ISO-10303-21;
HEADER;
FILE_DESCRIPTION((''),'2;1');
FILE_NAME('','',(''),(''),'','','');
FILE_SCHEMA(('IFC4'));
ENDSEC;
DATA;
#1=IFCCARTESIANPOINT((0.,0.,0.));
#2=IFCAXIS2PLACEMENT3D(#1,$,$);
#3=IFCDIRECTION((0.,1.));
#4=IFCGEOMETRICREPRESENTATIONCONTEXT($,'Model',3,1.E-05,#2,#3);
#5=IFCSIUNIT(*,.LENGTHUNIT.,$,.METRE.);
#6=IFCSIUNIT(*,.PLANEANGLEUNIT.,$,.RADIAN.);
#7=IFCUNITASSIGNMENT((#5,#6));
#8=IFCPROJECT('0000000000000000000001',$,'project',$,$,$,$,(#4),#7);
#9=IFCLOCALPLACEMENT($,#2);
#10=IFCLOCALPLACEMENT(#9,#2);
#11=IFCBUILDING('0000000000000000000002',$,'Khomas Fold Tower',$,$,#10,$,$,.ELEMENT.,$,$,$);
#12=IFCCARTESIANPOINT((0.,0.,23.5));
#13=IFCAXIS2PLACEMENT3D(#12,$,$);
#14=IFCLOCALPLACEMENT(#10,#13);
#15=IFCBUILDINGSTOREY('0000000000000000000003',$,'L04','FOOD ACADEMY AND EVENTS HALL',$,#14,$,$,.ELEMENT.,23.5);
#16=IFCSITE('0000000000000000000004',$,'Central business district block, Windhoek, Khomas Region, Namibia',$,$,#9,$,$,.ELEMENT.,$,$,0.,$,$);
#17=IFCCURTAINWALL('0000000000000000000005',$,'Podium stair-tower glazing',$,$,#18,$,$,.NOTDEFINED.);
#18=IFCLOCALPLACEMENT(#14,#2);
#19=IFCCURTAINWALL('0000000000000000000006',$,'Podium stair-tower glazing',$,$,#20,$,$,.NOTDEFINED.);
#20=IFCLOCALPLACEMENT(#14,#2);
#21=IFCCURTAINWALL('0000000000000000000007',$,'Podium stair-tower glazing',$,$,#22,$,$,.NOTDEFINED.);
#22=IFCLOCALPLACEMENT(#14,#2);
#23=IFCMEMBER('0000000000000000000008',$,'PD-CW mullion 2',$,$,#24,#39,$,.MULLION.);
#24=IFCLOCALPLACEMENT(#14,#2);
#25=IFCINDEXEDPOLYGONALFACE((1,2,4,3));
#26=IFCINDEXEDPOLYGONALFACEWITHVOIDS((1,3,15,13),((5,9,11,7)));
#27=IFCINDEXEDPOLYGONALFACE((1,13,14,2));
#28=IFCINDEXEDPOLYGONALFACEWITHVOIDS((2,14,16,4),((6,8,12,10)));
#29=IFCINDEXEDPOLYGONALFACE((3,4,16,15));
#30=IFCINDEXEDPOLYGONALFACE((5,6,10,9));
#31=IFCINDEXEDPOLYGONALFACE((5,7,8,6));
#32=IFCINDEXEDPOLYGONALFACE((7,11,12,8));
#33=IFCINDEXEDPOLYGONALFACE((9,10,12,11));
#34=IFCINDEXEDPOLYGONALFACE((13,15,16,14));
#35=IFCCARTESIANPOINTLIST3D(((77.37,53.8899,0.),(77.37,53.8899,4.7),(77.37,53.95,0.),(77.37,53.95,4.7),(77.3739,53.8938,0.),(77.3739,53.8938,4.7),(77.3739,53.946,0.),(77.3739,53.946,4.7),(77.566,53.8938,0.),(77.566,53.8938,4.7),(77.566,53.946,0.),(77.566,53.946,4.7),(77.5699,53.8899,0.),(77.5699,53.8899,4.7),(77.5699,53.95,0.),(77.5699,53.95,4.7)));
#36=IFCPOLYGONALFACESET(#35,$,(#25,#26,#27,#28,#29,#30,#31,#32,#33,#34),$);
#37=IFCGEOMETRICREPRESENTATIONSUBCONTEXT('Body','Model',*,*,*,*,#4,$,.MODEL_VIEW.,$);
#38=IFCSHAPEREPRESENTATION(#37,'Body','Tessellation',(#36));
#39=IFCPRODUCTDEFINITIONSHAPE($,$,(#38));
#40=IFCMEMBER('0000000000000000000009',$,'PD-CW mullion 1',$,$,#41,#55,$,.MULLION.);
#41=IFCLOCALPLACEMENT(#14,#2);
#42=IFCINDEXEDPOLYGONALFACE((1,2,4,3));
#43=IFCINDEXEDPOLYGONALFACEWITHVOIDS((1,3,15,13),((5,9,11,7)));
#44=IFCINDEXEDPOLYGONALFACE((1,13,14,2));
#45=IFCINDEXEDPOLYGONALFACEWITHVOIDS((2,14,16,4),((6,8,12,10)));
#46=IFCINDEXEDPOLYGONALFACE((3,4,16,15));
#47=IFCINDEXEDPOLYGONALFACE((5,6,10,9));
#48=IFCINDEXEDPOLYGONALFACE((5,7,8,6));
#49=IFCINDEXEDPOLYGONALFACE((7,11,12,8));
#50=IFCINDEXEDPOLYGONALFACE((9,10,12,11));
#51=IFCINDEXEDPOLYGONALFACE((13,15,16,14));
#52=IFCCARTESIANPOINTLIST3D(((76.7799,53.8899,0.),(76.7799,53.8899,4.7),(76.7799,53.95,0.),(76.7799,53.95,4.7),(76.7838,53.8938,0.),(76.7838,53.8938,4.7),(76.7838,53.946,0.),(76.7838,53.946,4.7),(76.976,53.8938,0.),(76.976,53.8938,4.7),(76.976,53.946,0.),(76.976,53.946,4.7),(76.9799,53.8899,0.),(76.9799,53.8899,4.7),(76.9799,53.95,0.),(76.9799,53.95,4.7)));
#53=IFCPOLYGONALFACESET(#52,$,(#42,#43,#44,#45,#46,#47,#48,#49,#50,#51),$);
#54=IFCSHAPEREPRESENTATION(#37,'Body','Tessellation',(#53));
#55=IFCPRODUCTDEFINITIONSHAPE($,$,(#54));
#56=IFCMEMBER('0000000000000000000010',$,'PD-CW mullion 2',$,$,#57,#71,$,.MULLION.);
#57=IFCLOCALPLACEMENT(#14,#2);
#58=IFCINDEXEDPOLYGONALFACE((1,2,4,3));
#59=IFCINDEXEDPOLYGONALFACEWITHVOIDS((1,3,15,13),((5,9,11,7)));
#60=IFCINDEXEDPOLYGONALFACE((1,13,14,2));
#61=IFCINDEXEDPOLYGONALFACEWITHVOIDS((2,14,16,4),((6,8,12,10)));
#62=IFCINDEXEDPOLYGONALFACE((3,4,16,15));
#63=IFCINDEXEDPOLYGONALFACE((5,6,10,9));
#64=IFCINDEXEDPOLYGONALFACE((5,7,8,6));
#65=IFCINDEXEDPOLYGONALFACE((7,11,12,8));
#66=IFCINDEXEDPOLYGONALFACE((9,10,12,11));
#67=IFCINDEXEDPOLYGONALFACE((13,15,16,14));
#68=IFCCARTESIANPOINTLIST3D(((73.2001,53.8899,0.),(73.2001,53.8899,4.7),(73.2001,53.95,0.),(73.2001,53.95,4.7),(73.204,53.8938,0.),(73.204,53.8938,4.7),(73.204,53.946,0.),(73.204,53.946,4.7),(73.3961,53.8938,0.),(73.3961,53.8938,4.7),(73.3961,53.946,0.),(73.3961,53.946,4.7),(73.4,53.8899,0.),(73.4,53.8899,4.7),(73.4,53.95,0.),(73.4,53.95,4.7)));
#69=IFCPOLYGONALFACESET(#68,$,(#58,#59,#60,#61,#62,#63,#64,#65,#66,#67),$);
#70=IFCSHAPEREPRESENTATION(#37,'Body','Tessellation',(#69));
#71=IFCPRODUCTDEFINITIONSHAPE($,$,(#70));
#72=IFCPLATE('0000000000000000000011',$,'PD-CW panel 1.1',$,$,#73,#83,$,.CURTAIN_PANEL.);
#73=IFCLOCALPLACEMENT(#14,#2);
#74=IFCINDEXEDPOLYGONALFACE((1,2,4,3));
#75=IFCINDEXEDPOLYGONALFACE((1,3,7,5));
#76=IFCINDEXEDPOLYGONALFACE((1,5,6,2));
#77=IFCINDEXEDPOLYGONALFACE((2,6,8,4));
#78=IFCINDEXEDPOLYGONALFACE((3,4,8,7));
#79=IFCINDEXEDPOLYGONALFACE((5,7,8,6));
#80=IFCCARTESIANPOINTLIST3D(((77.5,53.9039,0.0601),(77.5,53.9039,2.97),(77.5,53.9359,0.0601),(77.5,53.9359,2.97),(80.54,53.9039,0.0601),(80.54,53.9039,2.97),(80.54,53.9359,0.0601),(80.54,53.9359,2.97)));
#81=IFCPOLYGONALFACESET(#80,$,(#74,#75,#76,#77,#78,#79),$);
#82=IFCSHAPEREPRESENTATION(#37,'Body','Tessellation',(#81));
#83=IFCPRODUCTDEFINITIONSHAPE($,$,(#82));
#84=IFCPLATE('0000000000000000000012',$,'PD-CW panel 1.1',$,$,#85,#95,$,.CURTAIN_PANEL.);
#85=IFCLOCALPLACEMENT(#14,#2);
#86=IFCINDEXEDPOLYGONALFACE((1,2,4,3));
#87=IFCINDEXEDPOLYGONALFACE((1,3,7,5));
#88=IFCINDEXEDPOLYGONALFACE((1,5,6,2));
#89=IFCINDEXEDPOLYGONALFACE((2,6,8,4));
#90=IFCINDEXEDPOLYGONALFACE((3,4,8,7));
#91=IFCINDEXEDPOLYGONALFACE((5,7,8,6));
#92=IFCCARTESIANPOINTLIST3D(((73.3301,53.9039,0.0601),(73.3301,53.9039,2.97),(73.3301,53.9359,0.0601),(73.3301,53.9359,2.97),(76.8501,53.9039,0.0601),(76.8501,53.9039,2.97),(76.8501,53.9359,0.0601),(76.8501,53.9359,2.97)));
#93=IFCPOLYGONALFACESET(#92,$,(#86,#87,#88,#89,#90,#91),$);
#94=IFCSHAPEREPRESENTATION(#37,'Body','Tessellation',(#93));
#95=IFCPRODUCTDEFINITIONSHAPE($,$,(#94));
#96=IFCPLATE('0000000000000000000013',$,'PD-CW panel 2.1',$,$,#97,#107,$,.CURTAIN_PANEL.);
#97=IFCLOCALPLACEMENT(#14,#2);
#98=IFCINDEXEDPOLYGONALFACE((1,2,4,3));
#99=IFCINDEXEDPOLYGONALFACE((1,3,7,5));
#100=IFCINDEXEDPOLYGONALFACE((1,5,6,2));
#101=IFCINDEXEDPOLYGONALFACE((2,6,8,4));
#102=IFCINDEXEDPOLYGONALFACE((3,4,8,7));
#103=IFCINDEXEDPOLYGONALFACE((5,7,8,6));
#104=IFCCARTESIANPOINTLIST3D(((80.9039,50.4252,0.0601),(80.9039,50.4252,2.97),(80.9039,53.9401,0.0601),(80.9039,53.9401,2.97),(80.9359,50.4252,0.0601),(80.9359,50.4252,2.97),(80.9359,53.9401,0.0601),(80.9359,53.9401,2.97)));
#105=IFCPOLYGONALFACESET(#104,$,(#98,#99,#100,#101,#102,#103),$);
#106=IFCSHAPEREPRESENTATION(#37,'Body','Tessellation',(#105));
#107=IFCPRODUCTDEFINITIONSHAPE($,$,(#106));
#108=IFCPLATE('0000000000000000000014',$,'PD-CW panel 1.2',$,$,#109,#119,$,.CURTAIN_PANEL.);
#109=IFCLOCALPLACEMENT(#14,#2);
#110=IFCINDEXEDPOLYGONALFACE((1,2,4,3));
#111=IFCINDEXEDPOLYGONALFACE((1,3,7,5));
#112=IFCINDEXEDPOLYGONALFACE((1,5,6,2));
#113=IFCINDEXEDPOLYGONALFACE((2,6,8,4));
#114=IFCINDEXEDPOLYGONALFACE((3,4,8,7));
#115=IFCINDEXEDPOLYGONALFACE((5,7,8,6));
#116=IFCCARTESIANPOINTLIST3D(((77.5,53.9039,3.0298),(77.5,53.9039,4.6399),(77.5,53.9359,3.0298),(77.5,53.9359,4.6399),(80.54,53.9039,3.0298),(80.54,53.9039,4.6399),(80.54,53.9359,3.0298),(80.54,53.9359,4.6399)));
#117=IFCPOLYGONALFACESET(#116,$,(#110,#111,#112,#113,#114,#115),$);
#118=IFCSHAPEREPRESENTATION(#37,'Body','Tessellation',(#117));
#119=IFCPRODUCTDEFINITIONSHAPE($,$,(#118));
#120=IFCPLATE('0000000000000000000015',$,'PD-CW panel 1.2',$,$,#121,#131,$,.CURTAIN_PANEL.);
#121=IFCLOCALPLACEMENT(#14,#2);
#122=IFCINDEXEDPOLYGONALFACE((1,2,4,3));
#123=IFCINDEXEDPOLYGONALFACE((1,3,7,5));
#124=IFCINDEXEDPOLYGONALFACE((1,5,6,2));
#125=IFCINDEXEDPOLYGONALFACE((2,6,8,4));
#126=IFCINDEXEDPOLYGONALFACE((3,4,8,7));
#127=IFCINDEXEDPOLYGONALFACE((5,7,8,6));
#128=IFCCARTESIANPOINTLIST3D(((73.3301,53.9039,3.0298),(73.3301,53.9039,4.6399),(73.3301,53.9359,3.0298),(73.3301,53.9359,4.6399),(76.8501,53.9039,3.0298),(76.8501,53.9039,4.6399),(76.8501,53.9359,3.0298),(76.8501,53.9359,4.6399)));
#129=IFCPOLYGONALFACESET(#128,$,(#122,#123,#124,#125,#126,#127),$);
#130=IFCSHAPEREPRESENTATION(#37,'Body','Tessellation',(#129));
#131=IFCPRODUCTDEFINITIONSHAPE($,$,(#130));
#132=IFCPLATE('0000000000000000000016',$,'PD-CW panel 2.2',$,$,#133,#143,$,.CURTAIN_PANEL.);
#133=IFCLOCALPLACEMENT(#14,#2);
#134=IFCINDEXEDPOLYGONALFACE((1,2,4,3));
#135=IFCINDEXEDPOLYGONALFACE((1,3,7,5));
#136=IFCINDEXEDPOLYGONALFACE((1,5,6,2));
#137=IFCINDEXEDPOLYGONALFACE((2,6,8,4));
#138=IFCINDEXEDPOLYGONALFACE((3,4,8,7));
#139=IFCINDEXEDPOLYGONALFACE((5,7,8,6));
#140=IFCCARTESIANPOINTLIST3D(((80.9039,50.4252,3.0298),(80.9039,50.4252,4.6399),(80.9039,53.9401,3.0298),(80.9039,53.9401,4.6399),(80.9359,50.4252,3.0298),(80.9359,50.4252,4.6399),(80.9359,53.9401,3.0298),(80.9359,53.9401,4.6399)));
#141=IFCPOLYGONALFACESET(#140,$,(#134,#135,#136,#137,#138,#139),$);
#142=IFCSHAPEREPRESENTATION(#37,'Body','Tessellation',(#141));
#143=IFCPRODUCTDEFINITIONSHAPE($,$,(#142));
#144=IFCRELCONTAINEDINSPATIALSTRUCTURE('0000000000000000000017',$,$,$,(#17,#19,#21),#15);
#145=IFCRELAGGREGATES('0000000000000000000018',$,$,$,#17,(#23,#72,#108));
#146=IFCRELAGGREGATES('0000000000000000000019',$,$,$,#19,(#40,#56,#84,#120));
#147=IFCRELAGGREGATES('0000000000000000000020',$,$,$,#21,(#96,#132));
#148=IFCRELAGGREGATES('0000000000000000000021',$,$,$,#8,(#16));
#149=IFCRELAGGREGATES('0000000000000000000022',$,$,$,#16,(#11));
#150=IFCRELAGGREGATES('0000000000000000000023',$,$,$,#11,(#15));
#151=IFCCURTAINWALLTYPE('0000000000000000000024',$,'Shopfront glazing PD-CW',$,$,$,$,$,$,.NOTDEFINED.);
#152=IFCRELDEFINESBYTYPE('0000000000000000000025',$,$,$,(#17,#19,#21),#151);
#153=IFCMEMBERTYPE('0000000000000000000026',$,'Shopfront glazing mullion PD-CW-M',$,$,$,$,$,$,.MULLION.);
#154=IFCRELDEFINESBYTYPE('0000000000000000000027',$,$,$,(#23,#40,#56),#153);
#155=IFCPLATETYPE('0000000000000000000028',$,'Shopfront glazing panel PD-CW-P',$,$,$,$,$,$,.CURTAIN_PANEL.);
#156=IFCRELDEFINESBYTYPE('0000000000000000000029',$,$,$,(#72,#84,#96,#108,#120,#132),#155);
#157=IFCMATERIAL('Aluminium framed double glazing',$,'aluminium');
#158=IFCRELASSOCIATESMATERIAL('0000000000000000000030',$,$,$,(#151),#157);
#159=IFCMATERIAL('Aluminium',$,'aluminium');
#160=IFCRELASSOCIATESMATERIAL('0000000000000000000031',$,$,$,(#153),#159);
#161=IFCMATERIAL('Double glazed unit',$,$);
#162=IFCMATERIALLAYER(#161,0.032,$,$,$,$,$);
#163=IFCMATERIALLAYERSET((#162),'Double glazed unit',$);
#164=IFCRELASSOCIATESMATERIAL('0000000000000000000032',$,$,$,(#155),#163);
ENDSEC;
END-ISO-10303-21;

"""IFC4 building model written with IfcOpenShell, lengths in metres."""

from ifc_helpers import new_model, si_unit, direction, frame, origin, origin_2d, place, context, subcontext, project, spatial, rectangle, hollow_rectangle, extrude, source, transform, mapped, material, layer, layer_set, material_profile, profile_set, type_object, element, aggregate, save


model = new_model("IFC4")

# Units and contexts
model_context = context("Model", 3, precision=1e-05, world=origin(), true_north=direction((0.0, 1.0)))
body_context = subcontext(model_context, "Body", "Model", "MODEL_VIEW")
ifc_project = project(units=[si_unit("LENGTHUNIT", "METRE"), si_unit("PLANEANGLEUNIT", "RADIAN")], contexts=[model_context])

# Site, building, storey
site_placement = place(None, origin())
site = spatial("IfcSite", under=ifc_project, at=site_placement, Name="Central business district block, Windhoek, Khomas Region, Namibia", CompositionType="ELEMENT", RefElevation=0.0)
building_placement = place(site_placement, origin())
building = spatial("IfcBuilding", under=site, at=building_placement, Name="Khomas Fold Tower", CompositionType="ELEMENT")
storey_placement = place(building_placement, frame((0.0, 0.0, 23.5)))
storey = spatial("IfcBuildingStorey", under=building, at=storey_placement, Name="L04", Description="FOOD ACADEMY AND EVENTS HALL", CompositionType="ELEMENT", Elevation=23.5)

# Curtain walls
ifc_material_1 = material(Name="Aluminium framed double glazing", Category="aluminium")
curtain_wall_type = type_object("IfcCurtainWallType", Name="Shopfront glazing PD-CW", PredefinedType="NOTDEFINED", material=ifc_material_1)
curtain_wall_1_placement = place(storey_placement, origin())
curtain_wall_1 = element("IfcCurtainWall", 1, at=curtain_wall_1_placement, inside=storey, type_object=curtain_wall_type, Name="Podium stair-tower glazing", PredefinedType="NOTDEFINED")
curtain_wall_2_placement = place(storey_placement, origin())
curtain_wall_2 = element("IfcCurtainWall", 2, at=curtain_wall_2_placement, inside=storey, type_object=curtain_wall_type, Name="Podium stair-tower glazing", PredefinedType="NOTDEFINED")

# Curtain wall
curtain_wall_3_placement = place(storey_placement, origin())
curtain_wall_3 = element("IfcCurtainWall", 3, at=curtain_wall_3_placement, inside=storey, type_object=curtain_wall_type, Name="Podium stair-tower glazing", PredefinedType="NOTDEFINED")
ifc_material_2 = material(Name="Aluminium", Category="aluminium")
ifc_material_profile_1 = material_profile(ifc_material_2, hollow_rectangle(XDim=0.0601, YDim=0.2, WallThickness=0.0039, at=origin_2d()), Name="Shopfront glazing mullion PD-CW-M")
ifc_profile_set_1 = profile_set([ifc_material_profile_1], Name="Aluminium")
member_type_1 = type_object("IfcMemberType", Name="Shopfront glazing mullion PD-CW-M", PredefinedType="MULLION", material=ifc_profile_set_1)
shared_shape_1 = source(origin(), body_context, "Body", "SweptSolid", [
    extrude(hollow_rectangle(XDim=0.0601, YDim=0.2, WallThickness=0.0039, at=origin_2d()), origin(), (0.0, 0.0, 1.0), 4.7),
])

# Members
member_1_placement = place(storey_placement, frame((77.47, 53.9199, 0.0), z_axis=(0.0, 0.0, 1.0), x_axis=(0.0, -1.0, 0.0)))
member_1 = element("IfcMember", 4, at=member_1_placement, type_object=member_type_1, Name="PD-CW mullion 2", PredefinedType="MULLION", context=body_context, shape_type="MappedRepresentation", body=[
    mapped(shared_shape_1, transform((0.0, 0.0, 0.0))),
])
member_2_placement = place(storey_placement, frame((76.8799, 53.9199, 0.0), z_axis=(0.0, 0.0, 1.0), x_axis=(0.0, -1.0, 0.0)))
member_2 = element("IfcMember", 5, at=member_2_placement, type_object=member_type_1, Name="PD-CW mullion 1", PredefinedType="MULLION", context=body_context, shape_type="MappedRepresentation", body=[
    mapped(shared_shape_1, transform((0.0, 0.0, 0.0))),
])
member_3_placement = place(storey_placement, frame((73.3, 53.9199, 0.0), z_axis=(0.0, 0.0, 1.0), x_axis=(0.0, -1.0, 0.0)))
member_3 = element("IfcMember", 6, at=member_3_placement, type_object=member_type_1, Name="PD-CW mullion 2", PredefinedType="MULLION", context=body_context, shape_type="MappedRepresentation", body=[
    mapped(shared_shape_1, transform((0.0, 0.0, 0.0))),
])

# Plates
ifc_material_3 = material(Name="Double glazed unit")
ifc_layer = layer(ifc_material_3, 0.032)
ifc_layer_set = layer_set([ifc_layer], Name="Double glazed unit")
plate_type = type_object("IfcPlateType", Name="Shopfront glazing panel PD-CW-P", PredefinedType="CURTAIN_PANEL", material=ifc_layer_set)
shared_shape_2 = source(origin(), body_context, "Body", "SweptSolid", [
    extrude(rectangle(XDim=3.04, YDim=0.032, at=origin_2d()), origin(), (0.0, 0.0, 1.0), 2.9099),
])
plate_1_placement = place(storey_placement, frame((79.02, 53.9199, 0.0601), z_axis=(0.0, 0.0, 1.0), x_axis=(-1.0, 0.0, 0.0)))
plate_1 = element("IfcPlate", 7, at=plate_1_placement, type_object=plate_type, Name="PD-CW panel 1.1", PredefinedType="CURTAIN_PANEL", context=body_context, shape_type="MappedRepresentation", body=[
    mapped(shared_shape_2, transform((0.0, 0.0, 0.0))),
])
shared_shape_3 = source(origin(), body_context, "Body", "SweptSolid", [
    extrude(rectangle(XDim=3.52, YDim=0.032, at=origin_2d()), origin(), (0.0, 0.0, 1.0), 2.9099),
])
plate_2_placement = place(storey_placement, frame((75.0901, 53.9199, 0.0601), z_axis=(0.0, 0.0, 1.0), x_axis=(-1.0, 0.0, 0.0)))
plate_2 = element("IfcPlate", 8, at=plate_2_placement, type_object=plate_type, Name="PD-CW panel 1.1", PredefinedType="CURTAIN_PANEL", context=body_context, shape_type="MappedRepresentation", body=[
    mapped(shared_shape_3, transform((0.0, 0.0, 0.0))),
])
shared_shape_4 = source(origin(), body_context, "Body", "SweptSolid", [
    extrude(rectangle(XDim=3.5149, YDim=0.032, at=origin_2d()), origin(), (0.0, 0.0, 1.0), 2.9099),
])
plate_3_placement = place(storey_placement, frame((80.9199, 52.1826, 0.0601), z_axis=(0.0, 0.0, 1.0), x_axis=(0.0, 1.0, 0.0)))
plate_3 = element("IfcPlate", 9, at=plate_3_placement, type_object=plate_type, Name="PD-CW panel 2.1", PredefinedType="CURTAIN_PANEL", context=body_context, shape_type="MappedRepresentation", body=[
    mapped(shared_shape_4, transform((0.0, 0.0, 0.0))),
])
shared_shape_5 = source(origin(), body_context, "Body", "SweptSolid", [
    extrude(rectangle(XDim=3.04, YDim=0.032, at=origin_2d()), origin(), (0.0, 0.0, 1.0), 1.6101),
])
plate_4_placement = place(storey_placement, frame((79.02, 53.9199, 3.0298), z_axis=(0.0, 0.0, 1.0), x_axis=(-1.0, 0.0, 0.0)))
plate_4 = element("IfcPlate", 10, at=plate_4_placement, type_object=plate_type, Name="PD-CW panel 1.2", PredefinedType="CURTAIN_PANEL", context=body_context, shape_type="MappedRepresentation", body=[
    mapped(shared_shape_5, transform((0.0, 0.0, 0.0))),
])
aggregate(curtain_wall_1, [member_1, plate_1, plate_4])
shared_shape_6 = source(origin(), body_context, "Body", "SweptSolid", [
    extrude(rectangle(XDim=3.52, YDim=0.032, at=origin_2d()), origin(), (0.0, 0.0, 1.0), 1.6101),
])
plate_5_placement = place(storey_placement, frame((75.0901, 53.9199, 3.0298), z_axis=(0.0, 0.0, 1.0), x_axis=(-1.0, 0.0, 0.0)))
plate_5 = element("IfcPlate", 11, at=plate_5_placement, type_object=plate_type, Name="PD-CW panel 1.2", PredefinedType="CURTAIN_PANEL", context=body_context, shape_type="MappedRepresentation", body=[
    mapped(shared_shape_6, transform((0.0, 0.0, 0.0))),
])
aggregate(curtain_wall_2, [member_2, member_3, plate_2, plate_5])
shared_shape_7 = source(origin(), body_context, "Body", "SweptSolid", [
    extrude(rectangle(XDim=3.5149, YDim=0.032, at=origin_2d()), origin(), (0.0, 0.0, 1.0), 1.6101),
])
plate_6_placement = place(storey_placement, frame((80.9199, 52.1826, 3.0298), z_axis=(0.0, 0.0, 1.0), x_axis=(0.0, 1.0, 0.0)))
plate_6 = element("IfcPlate", 12, at=plate_6_placement, type_object=plate_type, Name="PD-CW panel 2.2", PredefinedType="CURTAIN_PANEL", context=body_context, shape_type="MappedRepresentation", body=[
    mapped(shared_shape_7, transform((0.0, 0.0, 0.0))),
])
aggregate(curtain_wall_3, [plate_3, plate_6])

save(model, "model.ifc")
